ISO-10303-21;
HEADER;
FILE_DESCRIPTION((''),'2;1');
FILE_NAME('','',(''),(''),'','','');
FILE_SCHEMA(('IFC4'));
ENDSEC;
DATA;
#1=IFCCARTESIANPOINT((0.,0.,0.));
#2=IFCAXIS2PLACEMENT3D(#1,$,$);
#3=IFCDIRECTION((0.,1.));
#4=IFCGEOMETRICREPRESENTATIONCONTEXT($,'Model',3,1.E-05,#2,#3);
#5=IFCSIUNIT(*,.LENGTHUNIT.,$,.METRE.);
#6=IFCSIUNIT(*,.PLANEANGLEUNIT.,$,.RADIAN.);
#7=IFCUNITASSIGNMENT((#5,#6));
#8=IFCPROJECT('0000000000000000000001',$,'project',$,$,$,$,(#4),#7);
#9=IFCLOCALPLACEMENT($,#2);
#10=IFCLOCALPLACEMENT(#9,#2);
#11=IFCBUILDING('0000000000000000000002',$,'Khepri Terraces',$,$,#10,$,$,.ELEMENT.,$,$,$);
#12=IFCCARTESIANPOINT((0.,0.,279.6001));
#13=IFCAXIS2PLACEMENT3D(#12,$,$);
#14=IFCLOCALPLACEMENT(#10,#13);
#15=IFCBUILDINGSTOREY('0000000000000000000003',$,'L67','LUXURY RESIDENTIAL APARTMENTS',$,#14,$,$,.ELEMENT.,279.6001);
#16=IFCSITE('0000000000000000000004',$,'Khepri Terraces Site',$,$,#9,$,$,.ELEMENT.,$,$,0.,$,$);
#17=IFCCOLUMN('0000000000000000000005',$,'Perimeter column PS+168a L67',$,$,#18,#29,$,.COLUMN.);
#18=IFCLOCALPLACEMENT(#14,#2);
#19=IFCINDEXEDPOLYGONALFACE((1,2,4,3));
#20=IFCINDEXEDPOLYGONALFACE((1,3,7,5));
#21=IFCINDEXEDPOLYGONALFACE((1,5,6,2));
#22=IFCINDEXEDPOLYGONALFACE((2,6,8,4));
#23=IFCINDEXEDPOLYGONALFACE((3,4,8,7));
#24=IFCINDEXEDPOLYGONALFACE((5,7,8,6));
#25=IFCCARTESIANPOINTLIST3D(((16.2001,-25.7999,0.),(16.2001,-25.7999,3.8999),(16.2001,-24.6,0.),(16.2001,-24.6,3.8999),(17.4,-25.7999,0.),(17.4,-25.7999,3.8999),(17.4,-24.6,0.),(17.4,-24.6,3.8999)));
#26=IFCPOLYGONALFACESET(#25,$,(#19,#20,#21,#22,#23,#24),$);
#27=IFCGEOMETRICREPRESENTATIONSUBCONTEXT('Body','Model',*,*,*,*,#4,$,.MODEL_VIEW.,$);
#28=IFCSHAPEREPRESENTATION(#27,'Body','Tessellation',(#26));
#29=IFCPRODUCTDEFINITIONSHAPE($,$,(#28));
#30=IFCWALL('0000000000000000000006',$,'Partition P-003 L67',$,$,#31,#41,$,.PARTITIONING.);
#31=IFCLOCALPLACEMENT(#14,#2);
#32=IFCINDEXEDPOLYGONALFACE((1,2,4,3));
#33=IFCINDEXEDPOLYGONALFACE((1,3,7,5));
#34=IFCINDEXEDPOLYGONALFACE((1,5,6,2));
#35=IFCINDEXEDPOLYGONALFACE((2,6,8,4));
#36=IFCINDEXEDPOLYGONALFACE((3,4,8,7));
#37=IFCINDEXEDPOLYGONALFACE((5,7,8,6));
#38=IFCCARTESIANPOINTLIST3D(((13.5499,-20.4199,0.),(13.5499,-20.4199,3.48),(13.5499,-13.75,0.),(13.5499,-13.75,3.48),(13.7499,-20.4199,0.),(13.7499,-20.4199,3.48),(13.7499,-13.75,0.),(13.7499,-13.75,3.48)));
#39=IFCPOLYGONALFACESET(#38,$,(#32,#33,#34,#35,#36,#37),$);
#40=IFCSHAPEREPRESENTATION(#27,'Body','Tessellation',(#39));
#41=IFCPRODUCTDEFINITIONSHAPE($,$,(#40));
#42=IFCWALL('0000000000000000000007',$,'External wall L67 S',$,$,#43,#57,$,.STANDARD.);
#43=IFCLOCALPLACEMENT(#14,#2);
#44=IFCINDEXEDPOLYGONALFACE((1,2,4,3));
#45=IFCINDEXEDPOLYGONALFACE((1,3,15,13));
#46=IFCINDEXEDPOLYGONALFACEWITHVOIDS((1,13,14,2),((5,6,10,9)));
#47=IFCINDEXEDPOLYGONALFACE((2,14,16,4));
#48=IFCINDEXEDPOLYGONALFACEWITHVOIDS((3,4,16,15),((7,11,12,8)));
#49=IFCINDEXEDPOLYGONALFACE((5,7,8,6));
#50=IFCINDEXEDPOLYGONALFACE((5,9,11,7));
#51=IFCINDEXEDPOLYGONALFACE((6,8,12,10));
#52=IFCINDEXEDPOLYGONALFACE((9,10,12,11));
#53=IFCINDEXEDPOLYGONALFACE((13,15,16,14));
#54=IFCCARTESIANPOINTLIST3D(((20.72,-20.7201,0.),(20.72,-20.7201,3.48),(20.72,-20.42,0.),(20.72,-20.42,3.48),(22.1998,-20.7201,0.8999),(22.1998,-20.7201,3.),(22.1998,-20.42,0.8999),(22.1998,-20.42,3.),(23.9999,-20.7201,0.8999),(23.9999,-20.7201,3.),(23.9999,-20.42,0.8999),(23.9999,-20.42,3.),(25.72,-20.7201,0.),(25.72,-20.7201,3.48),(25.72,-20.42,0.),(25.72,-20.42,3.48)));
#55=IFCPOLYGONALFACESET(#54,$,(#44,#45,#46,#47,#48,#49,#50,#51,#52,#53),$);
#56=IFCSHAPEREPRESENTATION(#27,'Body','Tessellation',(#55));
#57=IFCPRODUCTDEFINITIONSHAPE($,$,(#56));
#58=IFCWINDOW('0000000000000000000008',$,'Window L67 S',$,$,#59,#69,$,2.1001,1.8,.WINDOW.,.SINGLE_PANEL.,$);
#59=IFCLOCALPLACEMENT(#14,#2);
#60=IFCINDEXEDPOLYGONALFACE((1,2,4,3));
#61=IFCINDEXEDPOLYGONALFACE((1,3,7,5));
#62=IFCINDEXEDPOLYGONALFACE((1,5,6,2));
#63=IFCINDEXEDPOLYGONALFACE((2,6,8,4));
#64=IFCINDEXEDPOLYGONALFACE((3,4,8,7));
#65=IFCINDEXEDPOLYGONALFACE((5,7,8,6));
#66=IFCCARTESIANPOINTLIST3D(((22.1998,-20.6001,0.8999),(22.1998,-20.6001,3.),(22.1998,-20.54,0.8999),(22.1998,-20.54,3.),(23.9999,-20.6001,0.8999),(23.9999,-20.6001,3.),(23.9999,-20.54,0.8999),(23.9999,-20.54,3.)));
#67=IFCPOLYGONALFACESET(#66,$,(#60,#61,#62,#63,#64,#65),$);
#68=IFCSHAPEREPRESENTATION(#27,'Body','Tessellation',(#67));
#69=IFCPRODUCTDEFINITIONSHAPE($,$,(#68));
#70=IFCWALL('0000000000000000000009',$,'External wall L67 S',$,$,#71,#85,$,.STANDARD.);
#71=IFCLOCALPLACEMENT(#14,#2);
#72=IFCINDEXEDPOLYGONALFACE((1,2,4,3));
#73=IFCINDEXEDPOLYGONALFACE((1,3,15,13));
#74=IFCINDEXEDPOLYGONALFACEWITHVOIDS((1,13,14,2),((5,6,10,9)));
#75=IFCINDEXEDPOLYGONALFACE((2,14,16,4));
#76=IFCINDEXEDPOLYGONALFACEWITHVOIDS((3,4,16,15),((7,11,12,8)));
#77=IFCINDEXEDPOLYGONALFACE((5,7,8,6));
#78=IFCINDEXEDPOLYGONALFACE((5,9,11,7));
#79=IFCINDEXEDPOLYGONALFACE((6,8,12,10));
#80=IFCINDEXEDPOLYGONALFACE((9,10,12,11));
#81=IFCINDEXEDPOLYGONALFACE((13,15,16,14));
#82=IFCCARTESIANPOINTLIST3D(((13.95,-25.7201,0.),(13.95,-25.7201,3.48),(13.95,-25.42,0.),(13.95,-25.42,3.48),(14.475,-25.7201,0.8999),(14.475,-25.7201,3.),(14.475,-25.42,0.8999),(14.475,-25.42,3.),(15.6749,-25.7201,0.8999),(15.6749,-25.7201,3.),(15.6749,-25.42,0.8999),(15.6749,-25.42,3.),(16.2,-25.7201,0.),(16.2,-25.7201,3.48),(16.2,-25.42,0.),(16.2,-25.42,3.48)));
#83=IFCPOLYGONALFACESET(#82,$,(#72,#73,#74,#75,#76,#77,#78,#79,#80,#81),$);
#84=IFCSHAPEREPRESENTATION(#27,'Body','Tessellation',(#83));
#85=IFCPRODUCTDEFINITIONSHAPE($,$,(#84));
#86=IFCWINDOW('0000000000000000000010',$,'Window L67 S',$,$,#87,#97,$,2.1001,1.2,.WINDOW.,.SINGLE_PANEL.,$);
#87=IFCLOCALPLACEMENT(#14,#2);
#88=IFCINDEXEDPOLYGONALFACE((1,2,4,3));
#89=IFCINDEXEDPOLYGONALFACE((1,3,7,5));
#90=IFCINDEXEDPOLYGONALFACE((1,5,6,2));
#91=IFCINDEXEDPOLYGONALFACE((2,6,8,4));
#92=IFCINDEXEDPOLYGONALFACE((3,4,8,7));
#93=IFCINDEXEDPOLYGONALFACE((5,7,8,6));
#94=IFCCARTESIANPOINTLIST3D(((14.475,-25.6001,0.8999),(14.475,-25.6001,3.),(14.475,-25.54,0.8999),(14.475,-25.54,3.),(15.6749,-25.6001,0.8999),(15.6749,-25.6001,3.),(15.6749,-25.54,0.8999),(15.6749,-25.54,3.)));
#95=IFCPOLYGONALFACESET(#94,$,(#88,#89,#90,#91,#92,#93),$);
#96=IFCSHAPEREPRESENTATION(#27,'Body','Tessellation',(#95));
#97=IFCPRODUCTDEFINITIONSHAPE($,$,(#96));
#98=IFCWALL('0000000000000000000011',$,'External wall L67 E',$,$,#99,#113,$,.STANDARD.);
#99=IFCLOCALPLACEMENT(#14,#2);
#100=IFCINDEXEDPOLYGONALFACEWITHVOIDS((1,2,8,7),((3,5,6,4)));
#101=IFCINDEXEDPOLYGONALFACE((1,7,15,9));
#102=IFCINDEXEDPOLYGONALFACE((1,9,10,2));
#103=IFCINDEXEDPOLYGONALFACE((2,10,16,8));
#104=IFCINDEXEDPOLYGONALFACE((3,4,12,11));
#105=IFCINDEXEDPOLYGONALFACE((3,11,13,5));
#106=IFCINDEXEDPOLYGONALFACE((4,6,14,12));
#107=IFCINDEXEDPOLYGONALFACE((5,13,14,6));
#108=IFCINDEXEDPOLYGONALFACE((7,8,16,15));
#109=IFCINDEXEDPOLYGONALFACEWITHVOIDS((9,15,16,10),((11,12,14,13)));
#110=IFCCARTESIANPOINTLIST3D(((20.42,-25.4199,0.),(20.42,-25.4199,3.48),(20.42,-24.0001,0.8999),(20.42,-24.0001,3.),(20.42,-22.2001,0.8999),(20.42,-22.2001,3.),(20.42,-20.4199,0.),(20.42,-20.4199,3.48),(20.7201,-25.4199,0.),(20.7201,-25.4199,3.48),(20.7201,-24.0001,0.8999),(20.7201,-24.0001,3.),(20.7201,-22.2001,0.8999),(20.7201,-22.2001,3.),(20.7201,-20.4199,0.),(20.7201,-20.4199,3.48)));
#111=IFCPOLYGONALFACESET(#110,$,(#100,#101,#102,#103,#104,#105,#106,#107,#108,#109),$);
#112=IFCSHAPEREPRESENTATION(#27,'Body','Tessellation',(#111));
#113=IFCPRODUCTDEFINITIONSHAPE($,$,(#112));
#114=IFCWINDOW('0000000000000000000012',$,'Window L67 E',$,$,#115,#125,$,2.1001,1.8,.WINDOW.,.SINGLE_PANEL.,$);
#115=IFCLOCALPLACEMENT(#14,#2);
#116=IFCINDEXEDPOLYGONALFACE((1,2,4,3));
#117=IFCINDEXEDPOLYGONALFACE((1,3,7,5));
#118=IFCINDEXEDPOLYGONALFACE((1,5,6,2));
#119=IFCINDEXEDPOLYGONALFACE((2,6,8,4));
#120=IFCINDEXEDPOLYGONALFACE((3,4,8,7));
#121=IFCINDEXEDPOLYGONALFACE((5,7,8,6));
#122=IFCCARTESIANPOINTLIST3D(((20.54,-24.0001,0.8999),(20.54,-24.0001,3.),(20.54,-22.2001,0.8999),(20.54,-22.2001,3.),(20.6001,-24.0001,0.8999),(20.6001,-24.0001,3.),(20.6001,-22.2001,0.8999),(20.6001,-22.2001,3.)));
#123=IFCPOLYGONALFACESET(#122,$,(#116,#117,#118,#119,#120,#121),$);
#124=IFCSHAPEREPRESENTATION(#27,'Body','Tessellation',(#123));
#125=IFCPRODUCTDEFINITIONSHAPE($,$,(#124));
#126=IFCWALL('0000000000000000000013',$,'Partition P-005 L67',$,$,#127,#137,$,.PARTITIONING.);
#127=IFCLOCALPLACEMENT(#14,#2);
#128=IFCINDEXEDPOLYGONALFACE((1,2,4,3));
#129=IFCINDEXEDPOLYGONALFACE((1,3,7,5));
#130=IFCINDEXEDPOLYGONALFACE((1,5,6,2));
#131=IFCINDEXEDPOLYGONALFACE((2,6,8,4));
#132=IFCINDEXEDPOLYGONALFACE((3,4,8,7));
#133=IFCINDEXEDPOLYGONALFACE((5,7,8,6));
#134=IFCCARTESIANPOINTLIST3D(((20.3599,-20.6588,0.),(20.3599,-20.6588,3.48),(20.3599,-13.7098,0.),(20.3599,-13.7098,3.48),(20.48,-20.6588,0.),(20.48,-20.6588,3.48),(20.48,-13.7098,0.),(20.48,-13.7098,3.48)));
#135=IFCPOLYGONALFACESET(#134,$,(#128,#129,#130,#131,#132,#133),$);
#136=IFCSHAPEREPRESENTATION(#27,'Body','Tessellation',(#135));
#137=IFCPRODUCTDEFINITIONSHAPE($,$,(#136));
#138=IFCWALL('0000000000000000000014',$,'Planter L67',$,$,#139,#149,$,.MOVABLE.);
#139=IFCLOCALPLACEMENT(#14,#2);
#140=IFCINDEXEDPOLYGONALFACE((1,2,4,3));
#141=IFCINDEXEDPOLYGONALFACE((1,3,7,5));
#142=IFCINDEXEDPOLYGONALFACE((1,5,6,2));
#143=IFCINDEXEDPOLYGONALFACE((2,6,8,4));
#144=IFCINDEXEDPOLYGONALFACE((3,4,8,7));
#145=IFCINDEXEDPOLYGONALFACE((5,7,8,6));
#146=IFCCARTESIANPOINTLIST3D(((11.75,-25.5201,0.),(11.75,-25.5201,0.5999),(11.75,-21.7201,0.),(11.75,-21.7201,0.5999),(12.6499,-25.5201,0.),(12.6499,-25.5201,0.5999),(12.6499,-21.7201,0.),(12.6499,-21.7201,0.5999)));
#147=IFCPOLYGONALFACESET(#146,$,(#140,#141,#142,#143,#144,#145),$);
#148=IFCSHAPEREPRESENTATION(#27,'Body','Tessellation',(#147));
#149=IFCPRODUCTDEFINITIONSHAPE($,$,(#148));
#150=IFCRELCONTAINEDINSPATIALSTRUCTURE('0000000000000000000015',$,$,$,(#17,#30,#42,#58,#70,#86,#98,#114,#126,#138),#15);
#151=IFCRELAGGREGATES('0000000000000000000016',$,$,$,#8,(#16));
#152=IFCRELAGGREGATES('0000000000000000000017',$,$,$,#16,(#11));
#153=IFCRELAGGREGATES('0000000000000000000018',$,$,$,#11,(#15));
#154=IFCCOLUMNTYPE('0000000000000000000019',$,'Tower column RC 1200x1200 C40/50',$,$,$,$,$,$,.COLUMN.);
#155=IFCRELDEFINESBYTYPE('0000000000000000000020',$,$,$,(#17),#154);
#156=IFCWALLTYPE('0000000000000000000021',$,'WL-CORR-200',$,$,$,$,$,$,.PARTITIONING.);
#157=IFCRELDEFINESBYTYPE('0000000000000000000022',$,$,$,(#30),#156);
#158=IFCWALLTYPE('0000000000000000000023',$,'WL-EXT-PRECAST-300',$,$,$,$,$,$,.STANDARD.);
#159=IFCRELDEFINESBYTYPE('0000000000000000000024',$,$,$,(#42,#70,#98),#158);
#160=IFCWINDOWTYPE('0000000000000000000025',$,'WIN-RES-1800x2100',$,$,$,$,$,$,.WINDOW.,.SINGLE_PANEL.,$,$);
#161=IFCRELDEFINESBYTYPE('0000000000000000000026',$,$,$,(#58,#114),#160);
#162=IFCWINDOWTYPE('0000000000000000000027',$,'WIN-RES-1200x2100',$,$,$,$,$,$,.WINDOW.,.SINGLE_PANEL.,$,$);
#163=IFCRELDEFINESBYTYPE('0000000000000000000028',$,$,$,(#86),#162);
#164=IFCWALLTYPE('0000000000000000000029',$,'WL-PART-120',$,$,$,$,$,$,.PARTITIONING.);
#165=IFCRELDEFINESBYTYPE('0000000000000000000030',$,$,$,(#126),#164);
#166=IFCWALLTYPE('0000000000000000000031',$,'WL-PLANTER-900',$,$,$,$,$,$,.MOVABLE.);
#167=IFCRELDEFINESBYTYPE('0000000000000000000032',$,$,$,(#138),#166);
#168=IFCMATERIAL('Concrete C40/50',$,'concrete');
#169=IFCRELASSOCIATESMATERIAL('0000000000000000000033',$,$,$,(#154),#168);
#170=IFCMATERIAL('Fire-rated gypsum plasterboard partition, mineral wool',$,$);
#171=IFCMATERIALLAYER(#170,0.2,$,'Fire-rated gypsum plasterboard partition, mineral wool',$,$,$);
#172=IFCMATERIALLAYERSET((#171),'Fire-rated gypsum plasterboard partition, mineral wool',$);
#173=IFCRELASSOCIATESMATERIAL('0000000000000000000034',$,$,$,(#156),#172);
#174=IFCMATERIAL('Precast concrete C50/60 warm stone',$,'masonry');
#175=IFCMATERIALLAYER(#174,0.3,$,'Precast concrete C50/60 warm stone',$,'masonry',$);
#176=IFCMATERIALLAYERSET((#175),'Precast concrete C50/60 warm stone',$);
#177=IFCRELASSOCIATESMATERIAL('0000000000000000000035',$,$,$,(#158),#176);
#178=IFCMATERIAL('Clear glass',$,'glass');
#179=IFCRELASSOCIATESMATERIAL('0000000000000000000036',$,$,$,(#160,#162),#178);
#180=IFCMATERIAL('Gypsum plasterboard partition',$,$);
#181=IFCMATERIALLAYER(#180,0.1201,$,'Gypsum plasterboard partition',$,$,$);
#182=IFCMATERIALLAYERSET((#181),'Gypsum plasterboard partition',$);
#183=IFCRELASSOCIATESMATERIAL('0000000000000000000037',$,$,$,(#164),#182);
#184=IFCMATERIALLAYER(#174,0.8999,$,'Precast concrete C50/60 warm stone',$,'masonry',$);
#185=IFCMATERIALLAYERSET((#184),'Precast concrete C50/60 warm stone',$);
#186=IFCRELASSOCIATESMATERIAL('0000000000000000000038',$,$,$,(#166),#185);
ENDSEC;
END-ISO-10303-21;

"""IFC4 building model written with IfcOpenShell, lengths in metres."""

from ifc_helpers import new_model, si_unit, direction, frame, frame_2d, origin, origin_2d, place, context, subcontext, project, spatial, rectangle, extrude, material, layer, layer_set, material_profile, profile_set, type_object, element, fill, save


model = new_model("IFC4")

# Units and contexts
model_context = context("Model", 3, precision=1e-05, world=origin(), true_north=direction((0.0, 1.0)))
body_context = subcontext(model_context, "Body", "Model", "MODEL_VIEW")
ifc_project = project(units=[si_unit("LENGTHUNIT", "METRE"), si_unit("PLANEANGLEUNIT", "RADIAN")], contexts=[model_context])

# Site, building, storey
site_placement = place(None, origin())
site = spatial("IfcSite", under=ifc_project, at=site_placement, Name="Khepri Terraces Site", CompositionType="ELEMENT", RefElevation=0.0)
building_placement = place(site_placement, origin())
building = spatial("IfcBuilding", under=site, at=building_placement, Name="Khepri Terraces", CompositionType="ELEMENT")
storey_placement = place(building_placement, frame((0.0, 0.0, 279.6001)))
storey = spatial("IfcBuildingStorey", under=building, at=storey_placement, Name="L67", Description="LUXURY RESIDENTIAL APARTMENTS", CompositionType="ELEMENT", Elevation=279.6001)

# Column
ifc_material_1 = material(Name="Concrete C40/50", Category="concrete")
ifc_material_profile = material_profile(ifc_material_1, rectangle(XDim=1.2, YDim=1.2, at=origin_2d()), Name="Concrete C40/50", Category="concrete")
ifc_profile_set = profile_set([ifc_material_profile], Name="Concrete C40/50")
column_type = type_object("IfcColumnType", Name="Tower column RC 1200x1200 C40/50", PredefinedType="COLUMN", material=ifc_profile_set)
column_placement = place(storey_placement, frame((16.8, -25.2, 0.0), z_axis=(0.0, 0.0, 1.0), x_axis=(1.0, 0.0, 0.0)))
element("IfcColumn", 1, at=column_placement, inside=storey, type_object=column_type, Name="Perimeter column PS+168a L67", PredefinedType="COLUMN", context=body_context, shape_type="SweptSolid", body=[
    extrude(rectangle(XDim=1.2, YDim=1.2, at=origin_2d()), origin(), (0.0, 0.0, 1.0), 3.8999),
])

# Wall
ifc_material_2 = material(Name="Fire-rated gypsum plasterboard partition, mineral wool")
ifc_layer_1 = layer(ifc_material_2, 0.2, Name="Fire-rated gypsum plasterboard partition, mineral wool")
ifc_layer_set_1 = layer_set([ifc_layer_1], Name="Fire-rated gypsum plasterboard partition, mineral wool")
wall_type_1 = type_object("IfcWallType", Name="WL-CORR-200", PredefinedType="PARTITIONING", material=ifc_layer_set_1)
wall_1_placement = place(storey_placement, frame((13.6499, -20.4199, 0.0), z_axis=(0.0, 0.0, 1.0), x_axis=(0.0, 1.0, 0.0)))
element("IfcWall", 2, at=wall_1_placement, inside=storey, type_object=wall_type_1, Name="Partition P-003 L67", PredefinedType="PARTITIONING", context=body_context, shape_type="SweptSolid", body=[
    extrude(rectangle(XDim=6.6699, YDim=0.2, at=frame_2d((3.335, 0.0))), origin(), (0.0, 0.0, 1.0), 3.48),
])

# Wall, opening, window
ifc_material_3 = material(Name="Precast concrete C50/60 warm stone", Category="masonry")
ifc_layer_2 = layer(ifc_material_3, 0.3, Name="Precast concrete C50/60 warm stone", Category="masonry")
ifc_layer_set_2 = layer_set([ifc_layer_2], Name="Precast concrete C50/60 warm stone")
wall_type_2 = type_object("IfcWallType", Name="WL-EXT-PRECAST-300", PredefinedType="STANDARD", material=ifc_layer_set_2)
wall_2_placement = place(storey_placement, frame((20.72, -20.5701, 0.0), z_axis=(0.0, 0.0, 1.0), x_axis=(1.0, 0.0, 0.0)))
wall_2 = element("IfcWall", 3, at=wall_2_placement, inside=storey, type_object=wall_type_2, Name="External wall L67 S", PredefinedType="STANDARD", context=body_context, shape_type="SweptSolid", body=[
    extrude(rectangle(XDim=5.0, YDim=0.3, at=frame_2d((2.5, 0.0))), origin(), (0.0, 0.0, 1.0), 3.48),
])
opening_1_placement = place(wall_2_placement, frame((1.48, 0.0, 0.8999)))
opening_1 = element("IfcOpeningElement", 4, at=opening_1_placement, cuts=wall_2, PredefinedType="OPENING", context=body_context, shape_type="SweptSolid", body=[
    extrude(rectangle(XDim=1.8, YDim=2.1001, at=frame_2d((0.8999, 1.05))), frame((0.0, 0.1602, 0.0), z_axis=(0.0, -1.0, 0.0), x_axis=(1.0, 0.0, 0.0)), (0.0, 0.0, 1.0), 0.3201),
])
ifc_material_4 = material(Name="Clear glass", Category="glass")
window_type_1 = type_object("IfcWindowType", Name="WIN-RES-1800x2100", PartitioningType="SINGLE_PANEL", PredefinedType="WINDOW", material=ifc_material_4)
window_1_placement = place(opening_1_placement, origin())
window_1 = element("IfcWindow", 5, at=window_1_placement, inside=storey, type_object=window_type_1, Name="Window L67 S", OverallHeight=2.1001, OverallWidth=1.8, PartitioningType="SINGLE_PANEL", PredefinedType="WINDOW", context=body_context, shape_type="SweptSolid", body=[
    extrude(rectangle(XDim=1.8, YDim=2.1001, at=frame_2d((0.8999, 1.05))), frame((0.0, 0.03, 0.0), z_axis=(0.0, -1.0, 0.0), x_axis=(1.0, 0.0, 0.0)), (0.0, 0.0, 1.0), 0.0601),
])
fill(opening_1, window_1)

# Wall, opening, window
wall_3_placement = place(storey_placement, frame((13.95, -25.5701, 0.0), z_axis=(0.0, 0.0, 1.0), x_axis=(1.0, 0.0, 0.0)))
wall_3 = element("IfcWall", 6, at=wall_3_placement, inside=storey, type_object=wall_type_2, Name="External wall L67 S", PredefinedType="STANDARD", context=body_context, shape_type="SweptSolid", body=[
    extrude(rectangle(XDim=2.25, YDim=0.3, at=frame_2d((1.125, 0.0))), origin(), (0.0, 0.0, 1.0), 3.48),
])
opening_2_placement = place(wall_3_placement, frame((0.5249, 0.0, 0.8999)))
opening_2 = element("IfcOpeningElement", 7, at=opening_2_placement, cuts=wall_3, PredefinedType="OPENING", context=body_context, shape_type="SweptSolid", body=[
    extrude(rectangle(XDim=1.2, YDim=2.1001, at=frame_2d((0.6001, 1.05))), frame((0.0, 0.1602, 0.0), z_axis=(0.0, -1.0, 0.0), x_axis=(1.0, 0.0, 0.0)), (0.0, 0.0, 1.0), 0.3201),
])
window_type_2 = type_object("IfcWindowType", Name="WIN-RES-1200x2100", PartitioningType="SINGLE_PANEL", PredefinedType="WINDOW", material=ifc_material_4)
window_2_placement = place(opening_2_placement, origin())
window_2 = element("IfcWindow", 8, at=window_2_placement, inside=storey, type_object=window_type_2, Name="Window L67 S", OverallHeight=2.1001, OverallWidth=1.2, PartitioningType="SINGLE_PANEL", PredefinedType="WINDOW", context=body_context, shape_type="SweptSolid", body=[
    extrude(rectangle(XDim=1.2, YDim=2.1001, at=frame_2d((0.6001, 1.05))), frame((0.0, 0.03, 0.0), z_axis=(0.0, -1.0, 0.0), x_axis=(1.0, 0.0, 0.0)), (0.0, 0.0, 1.0), 0.0601),
])
fill(opening_2, window_2)

# Wall, opening, window
wall_4_placement = place(storey_placement, frame((20.5701, -25.4199, 0.0), z_axis=(0.0, 0.0, 1.0), x_axis=(0.0, 1.0, 0.0)))
wall_4 = element("IfcWall", 9, at=wall_4_placement, inside=storey, type_object=wall_type_2, Name="External wall L67 E", PredefinedType="STANDARD", context=body_context, shape_type="SweptSolid", body=[
    extrude(rectangle(XDim=5.0, YDim=0.3, at=frame_2d((2.5, 0.0))), origin(), (0.0, 0.0, 1.0), 3.48),
])
opening_3_placement = place(wall_4_placement, frame((1.4199, 0.0, 0.8999)))
opening_3 = element("IfcOpeningElement", 10, at=opening_3_placement, cuts=wall_4, PredefinedType="OPENING", context=body_context, shape_type="SweptSolid", body=[
    extrude(rectangle(XDim=1.8, YDim=2.1001, at=frame_2d((0.8999, 1.05))), frame((0.0, 0.1602, 0.0), z_axis=(0.0, -1.0, 0.0), x_axis=(1.0, 0.0, 0.0)), (0.0, 0.0, 1.0), 0.3201),
])
window_3_placement = place(opening_3_placement, origin())
window_3 = element("IfcWindow", 11, at=window_3_placement, inside=storey, type_object=window_type_1, Name="Window L67 E", OverallHeight=2.1001, OverallWidth=1.8, PartitioningType="SINGLE_PANEL", PredefinedType="WINDOW", context=body_context, shape_type="SweptSolid", body=[
    extrude(rectangle(XDim=1.8, YDim=2.1001, at=frame_2d((0.8999, 1.05))), frame((0.0, 0.03, 0.0), z_axis=(0.0, -1.0, 0.0), x_axis=(1.0, 0.0, 0.0)), (0.0, 0.0, 1.0), 0.0601),
])
fill(opening_3, window_3)

# Walls
ifc_material_5 = material(Name="Gypsum plasterboard partition")
ifc_layer_3 = layer(ifc_material_5, 0.1201, Name="Gypsum plasterboard partition")
ifc_layer_set_3 = layer_set([ifc_layer_3], Name="Gypsum plasterboard partition")
wall_type_3 = type_object("IfcWallType", Name="WL-PART-120", PredefinedType="PARTITIONING", material=ifc_layer_set_3)
wall_5_placement = place(storey_placement, frame((20.4199, -20.6589, 0.0), z_axis=(0.0, 0.0, 1.0), x_axis=(0.0, 1.0, 0.0)))
element("IfcWall", 12, at=wall_5_placement, inside=storey, type_object=wall_type_3, Name="Partition P-005 L67", PredefinedType="PARTITIONING", context=body_context, shape_type="SweptSolid", body=[
    extrude(rectangle(XDim=6.949, YDim=0.1201, at=frame_2d((3.4746, 0.0))), origin(), (0.0, 0.0, 1.0), 3.48),
])
ifc_layer_4 = layer(ifc_material_3, 0.8999, Name="Precast concrete C50/60 warm stone", Category="masonry")
ifc_layer_set_4 = layer_set([ifc_layer_4], Name="Precast concrete C50/60 warm stone")
wall_type_4 = type_object("IfcWallType", Name="WL-PLANTER-900", PredefinedType="MOVABLE", material=ifc_layer_set_4)
wall_6_placement = place(storey_placement, frame((12.2, -25.52, 0.0), z_axis=(0.0, 0.0, 1.0), x_axis=(0.0, 1.0, 0.0)))
element("IfcWall", 13, at=wall_6_placement, inside=storey, type_object=wall_type_4, Name="Planter L67", PredefinedType="MOVABLE", context=body_context, shape_type="SweptSolid", body=[
    extrude(rectangle(XDim=3.8, YDim=0.8999, at=frame_2d((1.8999, 0.0))), origin(), (0.0, 0.0, 1.0), 0.5999),
])

save(model, "model.ifc")
